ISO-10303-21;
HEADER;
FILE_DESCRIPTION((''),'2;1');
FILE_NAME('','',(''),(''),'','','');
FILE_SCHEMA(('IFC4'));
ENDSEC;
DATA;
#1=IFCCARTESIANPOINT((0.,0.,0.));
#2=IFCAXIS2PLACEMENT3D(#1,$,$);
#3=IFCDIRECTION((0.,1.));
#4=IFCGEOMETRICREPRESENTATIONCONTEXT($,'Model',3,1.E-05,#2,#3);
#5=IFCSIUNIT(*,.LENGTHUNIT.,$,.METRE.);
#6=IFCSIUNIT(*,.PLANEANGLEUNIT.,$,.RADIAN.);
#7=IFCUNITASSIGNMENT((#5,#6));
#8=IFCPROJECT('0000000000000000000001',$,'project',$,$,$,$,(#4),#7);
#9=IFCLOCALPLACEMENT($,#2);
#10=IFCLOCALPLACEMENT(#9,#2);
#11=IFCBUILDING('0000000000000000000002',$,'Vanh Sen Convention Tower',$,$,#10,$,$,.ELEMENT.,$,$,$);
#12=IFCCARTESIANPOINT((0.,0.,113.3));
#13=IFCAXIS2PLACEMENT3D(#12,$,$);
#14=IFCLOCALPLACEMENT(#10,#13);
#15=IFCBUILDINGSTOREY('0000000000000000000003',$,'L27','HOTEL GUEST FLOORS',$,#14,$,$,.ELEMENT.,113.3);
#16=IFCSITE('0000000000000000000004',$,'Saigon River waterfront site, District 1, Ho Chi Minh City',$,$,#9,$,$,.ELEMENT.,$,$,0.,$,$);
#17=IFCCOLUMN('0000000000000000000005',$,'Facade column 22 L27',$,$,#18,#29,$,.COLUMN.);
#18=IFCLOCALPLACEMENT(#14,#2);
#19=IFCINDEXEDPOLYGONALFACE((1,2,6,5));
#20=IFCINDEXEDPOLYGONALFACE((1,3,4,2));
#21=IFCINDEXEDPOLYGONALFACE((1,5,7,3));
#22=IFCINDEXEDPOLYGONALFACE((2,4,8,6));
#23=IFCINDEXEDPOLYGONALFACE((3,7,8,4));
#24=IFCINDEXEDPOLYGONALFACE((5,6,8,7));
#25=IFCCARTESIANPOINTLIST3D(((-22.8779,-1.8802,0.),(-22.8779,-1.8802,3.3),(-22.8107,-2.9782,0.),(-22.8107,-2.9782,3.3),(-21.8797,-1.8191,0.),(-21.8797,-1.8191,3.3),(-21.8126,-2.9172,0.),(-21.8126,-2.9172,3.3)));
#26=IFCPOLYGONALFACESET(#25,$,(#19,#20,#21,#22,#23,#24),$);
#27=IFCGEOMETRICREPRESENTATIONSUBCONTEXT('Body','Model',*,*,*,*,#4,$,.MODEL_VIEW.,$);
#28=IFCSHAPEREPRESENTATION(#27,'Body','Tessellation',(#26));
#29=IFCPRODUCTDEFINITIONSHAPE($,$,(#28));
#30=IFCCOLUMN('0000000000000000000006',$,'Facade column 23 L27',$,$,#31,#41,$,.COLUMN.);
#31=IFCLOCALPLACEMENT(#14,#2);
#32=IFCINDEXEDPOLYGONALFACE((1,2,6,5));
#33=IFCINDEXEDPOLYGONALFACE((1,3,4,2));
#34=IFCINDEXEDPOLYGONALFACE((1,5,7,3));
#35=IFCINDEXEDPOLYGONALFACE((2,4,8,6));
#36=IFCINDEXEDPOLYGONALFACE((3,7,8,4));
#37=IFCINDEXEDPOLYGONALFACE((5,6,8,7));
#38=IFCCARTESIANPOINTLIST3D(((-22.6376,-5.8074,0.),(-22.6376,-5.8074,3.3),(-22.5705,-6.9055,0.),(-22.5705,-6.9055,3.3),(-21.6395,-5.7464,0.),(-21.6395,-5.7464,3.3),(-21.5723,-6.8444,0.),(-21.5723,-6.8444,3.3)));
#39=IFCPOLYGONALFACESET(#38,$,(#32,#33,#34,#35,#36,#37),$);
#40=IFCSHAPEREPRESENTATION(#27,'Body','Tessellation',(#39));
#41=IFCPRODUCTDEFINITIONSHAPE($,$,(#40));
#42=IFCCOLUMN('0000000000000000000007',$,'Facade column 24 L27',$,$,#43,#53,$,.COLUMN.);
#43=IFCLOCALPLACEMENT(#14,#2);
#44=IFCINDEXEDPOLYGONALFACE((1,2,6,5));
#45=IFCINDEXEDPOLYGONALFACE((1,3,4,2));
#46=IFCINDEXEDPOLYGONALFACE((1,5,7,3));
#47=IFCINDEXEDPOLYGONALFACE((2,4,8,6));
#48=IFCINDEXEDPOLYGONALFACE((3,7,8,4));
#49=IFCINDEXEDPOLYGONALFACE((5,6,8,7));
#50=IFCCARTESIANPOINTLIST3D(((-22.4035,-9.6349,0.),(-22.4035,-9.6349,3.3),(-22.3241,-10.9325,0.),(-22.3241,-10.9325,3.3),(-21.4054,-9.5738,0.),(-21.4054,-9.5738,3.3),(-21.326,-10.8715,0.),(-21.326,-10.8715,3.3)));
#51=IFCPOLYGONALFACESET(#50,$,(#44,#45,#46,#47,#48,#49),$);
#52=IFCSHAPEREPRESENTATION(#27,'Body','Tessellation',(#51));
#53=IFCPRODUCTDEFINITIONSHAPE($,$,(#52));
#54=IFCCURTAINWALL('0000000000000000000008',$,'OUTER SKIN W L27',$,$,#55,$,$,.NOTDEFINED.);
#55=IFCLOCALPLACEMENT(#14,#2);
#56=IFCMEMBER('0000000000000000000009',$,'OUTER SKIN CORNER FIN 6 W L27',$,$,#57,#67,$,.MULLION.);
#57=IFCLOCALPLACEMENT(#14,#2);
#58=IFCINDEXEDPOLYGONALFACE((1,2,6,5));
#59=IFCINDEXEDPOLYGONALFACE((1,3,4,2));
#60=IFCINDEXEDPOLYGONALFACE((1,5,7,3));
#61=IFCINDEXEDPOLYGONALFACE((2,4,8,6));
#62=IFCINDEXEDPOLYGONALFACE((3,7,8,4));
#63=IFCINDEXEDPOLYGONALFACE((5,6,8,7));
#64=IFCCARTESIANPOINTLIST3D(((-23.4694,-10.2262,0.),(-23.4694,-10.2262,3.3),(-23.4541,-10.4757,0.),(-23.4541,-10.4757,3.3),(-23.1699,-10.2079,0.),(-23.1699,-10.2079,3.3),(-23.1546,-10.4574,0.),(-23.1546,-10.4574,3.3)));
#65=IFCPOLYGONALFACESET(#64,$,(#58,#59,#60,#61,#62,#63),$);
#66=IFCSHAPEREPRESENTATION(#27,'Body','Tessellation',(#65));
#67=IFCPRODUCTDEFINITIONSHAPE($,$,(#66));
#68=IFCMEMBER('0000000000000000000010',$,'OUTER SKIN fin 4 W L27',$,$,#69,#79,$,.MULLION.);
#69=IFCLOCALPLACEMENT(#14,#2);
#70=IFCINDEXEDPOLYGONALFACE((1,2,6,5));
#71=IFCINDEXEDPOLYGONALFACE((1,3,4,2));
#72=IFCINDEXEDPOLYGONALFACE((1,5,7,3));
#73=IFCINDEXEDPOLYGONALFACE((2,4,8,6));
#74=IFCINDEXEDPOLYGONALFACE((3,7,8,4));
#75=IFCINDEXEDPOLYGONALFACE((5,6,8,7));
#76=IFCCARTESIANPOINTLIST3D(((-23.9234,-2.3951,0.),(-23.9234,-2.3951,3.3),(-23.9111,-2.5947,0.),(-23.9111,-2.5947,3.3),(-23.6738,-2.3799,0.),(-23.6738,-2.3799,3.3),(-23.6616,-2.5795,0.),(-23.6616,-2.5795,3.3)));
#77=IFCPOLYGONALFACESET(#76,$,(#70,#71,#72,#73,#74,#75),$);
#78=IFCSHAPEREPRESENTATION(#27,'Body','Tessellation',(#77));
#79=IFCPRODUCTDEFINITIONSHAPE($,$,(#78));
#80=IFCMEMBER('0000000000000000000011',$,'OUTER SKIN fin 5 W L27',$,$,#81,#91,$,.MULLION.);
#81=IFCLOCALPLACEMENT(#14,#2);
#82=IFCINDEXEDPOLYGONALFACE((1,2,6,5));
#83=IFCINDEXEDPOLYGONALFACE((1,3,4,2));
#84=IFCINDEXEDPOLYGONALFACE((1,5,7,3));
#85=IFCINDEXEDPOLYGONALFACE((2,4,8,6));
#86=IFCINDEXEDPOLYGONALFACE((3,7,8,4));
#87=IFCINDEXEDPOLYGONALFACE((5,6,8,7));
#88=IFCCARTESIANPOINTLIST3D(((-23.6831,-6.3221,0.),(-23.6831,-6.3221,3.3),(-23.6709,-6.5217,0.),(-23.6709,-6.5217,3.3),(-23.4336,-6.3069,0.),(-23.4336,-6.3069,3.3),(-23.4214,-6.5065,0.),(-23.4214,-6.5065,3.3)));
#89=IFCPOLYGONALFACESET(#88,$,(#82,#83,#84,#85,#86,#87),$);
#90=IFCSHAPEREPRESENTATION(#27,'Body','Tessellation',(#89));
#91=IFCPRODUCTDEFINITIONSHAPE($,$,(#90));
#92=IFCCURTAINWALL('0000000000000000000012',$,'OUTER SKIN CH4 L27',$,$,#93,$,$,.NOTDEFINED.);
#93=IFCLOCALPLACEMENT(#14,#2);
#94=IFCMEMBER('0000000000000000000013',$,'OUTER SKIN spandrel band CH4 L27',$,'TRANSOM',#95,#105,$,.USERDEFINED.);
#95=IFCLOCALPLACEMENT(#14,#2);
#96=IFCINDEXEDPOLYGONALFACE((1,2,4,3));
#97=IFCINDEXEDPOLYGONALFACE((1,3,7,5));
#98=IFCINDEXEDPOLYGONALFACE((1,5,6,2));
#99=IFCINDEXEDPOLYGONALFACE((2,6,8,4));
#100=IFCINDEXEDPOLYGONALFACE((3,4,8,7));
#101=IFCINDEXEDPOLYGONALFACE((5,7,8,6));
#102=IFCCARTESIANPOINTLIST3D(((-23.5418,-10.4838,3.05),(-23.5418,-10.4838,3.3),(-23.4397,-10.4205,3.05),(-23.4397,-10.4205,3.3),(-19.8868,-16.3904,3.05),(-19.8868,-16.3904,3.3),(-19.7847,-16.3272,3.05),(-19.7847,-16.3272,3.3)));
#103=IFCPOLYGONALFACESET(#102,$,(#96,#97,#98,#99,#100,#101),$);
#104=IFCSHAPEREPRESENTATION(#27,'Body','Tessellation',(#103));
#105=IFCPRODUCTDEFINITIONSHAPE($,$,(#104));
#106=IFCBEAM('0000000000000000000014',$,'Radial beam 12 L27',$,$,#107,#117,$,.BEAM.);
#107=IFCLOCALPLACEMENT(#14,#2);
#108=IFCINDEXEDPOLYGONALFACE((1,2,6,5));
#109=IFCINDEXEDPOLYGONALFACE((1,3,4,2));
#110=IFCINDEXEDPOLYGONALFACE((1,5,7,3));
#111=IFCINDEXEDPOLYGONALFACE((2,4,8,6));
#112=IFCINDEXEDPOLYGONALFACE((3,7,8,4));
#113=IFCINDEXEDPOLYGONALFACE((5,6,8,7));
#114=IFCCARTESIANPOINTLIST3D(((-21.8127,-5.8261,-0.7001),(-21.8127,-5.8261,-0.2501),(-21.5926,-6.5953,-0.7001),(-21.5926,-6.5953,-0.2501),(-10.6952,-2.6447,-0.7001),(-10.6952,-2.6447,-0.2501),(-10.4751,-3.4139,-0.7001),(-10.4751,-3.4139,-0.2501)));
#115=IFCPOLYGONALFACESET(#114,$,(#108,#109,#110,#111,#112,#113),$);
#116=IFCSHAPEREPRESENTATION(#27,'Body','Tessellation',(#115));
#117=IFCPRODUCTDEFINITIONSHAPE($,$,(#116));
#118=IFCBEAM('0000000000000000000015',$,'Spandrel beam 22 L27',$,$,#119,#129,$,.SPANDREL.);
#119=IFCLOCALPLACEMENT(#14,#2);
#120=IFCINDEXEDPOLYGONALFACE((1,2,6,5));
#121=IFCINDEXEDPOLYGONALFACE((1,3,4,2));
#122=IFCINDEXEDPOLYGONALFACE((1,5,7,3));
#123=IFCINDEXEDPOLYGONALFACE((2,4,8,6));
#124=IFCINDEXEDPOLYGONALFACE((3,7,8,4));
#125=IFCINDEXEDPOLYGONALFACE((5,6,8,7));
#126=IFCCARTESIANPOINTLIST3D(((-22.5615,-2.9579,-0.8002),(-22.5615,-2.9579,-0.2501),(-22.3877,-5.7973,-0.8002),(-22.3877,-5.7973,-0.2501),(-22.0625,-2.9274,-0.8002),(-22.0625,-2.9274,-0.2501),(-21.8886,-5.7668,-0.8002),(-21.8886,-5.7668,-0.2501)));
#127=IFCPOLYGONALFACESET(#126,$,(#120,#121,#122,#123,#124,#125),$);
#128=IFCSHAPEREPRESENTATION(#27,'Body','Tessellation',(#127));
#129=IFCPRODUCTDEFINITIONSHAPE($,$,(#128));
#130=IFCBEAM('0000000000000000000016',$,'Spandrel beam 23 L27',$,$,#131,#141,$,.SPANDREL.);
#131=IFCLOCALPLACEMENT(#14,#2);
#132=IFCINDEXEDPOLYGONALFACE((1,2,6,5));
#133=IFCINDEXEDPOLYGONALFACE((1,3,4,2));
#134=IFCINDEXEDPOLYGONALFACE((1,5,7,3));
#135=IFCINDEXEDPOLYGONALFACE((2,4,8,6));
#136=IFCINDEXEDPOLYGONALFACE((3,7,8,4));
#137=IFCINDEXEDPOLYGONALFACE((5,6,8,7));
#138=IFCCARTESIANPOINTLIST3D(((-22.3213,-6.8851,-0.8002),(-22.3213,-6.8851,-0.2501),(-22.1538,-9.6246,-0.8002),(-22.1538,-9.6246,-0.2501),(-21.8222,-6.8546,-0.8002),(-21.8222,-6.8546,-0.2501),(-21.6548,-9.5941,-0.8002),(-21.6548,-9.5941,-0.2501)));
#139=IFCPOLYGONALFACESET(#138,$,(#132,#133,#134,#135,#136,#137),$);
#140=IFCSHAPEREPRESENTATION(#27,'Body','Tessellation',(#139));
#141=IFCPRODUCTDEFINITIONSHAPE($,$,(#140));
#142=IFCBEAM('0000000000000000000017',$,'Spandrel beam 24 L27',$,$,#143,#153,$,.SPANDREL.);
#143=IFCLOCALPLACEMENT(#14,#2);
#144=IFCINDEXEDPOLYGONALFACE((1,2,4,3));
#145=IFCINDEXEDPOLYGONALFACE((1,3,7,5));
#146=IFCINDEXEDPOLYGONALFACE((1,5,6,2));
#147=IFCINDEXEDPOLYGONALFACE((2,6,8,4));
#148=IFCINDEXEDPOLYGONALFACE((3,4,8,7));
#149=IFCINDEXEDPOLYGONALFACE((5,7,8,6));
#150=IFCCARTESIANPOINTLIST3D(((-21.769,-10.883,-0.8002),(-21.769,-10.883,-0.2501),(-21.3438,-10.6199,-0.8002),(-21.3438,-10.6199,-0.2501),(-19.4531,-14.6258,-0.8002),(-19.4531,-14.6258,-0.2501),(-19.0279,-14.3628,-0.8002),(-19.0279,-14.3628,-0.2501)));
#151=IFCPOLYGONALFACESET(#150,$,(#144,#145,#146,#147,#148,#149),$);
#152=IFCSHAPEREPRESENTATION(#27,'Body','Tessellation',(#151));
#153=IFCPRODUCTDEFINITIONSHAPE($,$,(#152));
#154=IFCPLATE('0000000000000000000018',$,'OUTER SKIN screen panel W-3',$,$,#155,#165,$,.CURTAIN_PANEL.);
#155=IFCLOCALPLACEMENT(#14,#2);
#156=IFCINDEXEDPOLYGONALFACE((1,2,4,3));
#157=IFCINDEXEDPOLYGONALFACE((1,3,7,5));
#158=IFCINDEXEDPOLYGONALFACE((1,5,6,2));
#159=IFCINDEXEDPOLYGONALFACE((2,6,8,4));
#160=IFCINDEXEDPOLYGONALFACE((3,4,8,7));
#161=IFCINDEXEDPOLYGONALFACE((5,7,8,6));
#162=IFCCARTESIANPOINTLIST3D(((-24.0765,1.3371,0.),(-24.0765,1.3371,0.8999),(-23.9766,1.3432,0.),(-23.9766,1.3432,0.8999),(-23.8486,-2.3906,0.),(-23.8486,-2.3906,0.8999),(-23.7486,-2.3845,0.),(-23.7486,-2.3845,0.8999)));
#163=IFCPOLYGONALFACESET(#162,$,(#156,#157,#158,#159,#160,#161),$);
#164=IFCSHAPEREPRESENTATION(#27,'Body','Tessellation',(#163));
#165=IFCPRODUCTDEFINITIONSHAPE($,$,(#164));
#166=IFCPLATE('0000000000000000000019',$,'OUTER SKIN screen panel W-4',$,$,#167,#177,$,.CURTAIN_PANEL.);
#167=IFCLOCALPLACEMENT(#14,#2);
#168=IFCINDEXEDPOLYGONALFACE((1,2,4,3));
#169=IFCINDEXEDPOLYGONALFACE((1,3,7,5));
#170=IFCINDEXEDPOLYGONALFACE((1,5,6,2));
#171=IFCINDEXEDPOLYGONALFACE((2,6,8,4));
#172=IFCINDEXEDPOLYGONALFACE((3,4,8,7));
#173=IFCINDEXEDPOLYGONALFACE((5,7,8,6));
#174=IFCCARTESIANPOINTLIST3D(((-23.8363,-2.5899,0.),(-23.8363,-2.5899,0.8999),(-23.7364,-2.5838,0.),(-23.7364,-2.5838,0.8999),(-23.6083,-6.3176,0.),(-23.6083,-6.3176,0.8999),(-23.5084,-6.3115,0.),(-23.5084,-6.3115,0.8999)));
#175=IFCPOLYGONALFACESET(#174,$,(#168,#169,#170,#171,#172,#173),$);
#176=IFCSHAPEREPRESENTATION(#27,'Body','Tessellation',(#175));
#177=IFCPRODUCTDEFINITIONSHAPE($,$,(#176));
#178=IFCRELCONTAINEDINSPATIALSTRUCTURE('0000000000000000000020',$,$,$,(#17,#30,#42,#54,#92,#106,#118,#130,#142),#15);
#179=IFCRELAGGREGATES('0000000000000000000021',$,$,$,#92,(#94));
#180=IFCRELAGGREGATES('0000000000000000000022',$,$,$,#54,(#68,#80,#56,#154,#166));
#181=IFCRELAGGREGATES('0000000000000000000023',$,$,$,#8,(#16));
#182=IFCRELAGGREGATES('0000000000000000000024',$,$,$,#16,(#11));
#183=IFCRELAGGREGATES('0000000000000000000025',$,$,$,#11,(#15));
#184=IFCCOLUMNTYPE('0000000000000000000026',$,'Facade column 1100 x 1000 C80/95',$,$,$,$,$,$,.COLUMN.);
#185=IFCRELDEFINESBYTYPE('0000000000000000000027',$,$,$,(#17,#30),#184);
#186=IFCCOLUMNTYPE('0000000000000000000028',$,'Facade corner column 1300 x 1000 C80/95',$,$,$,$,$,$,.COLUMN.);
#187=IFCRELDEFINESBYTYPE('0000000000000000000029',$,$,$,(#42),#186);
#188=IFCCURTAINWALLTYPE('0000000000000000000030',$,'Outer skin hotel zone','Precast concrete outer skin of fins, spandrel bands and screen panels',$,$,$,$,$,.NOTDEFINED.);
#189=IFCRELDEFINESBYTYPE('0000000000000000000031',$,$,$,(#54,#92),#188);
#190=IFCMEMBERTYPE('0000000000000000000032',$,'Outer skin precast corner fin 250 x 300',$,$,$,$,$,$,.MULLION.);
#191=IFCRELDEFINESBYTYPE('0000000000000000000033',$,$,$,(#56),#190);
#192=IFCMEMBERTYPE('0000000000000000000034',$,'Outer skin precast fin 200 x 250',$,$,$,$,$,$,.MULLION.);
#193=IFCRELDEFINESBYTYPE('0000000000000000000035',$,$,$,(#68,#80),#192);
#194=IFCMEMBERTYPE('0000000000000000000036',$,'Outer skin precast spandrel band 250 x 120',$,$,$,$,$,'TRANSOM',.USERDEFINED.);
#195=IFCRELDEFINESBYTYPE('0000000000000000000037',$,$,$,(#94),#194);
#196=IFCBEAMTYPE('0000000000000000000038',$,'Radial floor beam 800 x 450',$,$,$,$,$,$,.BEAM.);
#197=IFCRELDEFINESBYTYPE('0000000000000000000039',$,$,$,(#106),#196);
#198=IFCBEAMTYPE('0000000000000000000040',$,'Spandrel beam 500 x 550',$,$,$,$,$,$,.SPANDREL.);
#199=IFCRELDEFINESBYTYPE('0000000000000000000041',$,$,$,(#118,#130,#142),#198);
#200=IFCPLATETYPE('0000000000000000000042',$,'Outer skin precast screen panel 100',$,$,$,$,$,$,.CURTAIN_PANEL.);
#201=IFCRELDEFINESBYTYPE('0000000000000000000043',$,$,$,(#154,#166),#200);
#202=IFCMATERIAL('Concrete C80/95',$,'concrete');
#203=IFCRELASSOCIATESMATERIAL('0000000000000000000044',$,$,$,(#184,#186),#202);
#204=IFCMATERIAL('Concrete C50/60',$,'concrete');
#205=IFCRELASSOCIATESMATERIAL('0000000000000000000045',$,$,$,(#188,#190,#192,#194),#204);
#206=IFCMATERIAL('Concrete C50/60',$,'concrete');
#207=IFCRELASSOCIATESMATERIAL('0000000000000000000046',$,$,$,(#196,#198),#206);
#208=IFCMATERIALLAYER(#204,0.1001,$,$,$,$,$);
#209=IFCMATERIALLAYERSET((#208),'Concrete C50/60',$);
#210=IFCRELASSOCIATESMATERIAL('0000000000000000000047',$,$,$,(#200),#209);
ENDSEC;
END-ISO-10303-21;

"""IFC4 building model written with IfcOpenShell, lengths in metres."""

from ifc_helpers import new_model, si_unit, direction, frame, origin, origin_2d, place, context, subcontext, project, spatial, rectangle, extrude, material, layer, layer_set, material_profile, profile_set, type_object, element, aggregate, save


model = new_model("IFC4")

# Units and contexts
model_context = context("Model", 3, precision=1e-05, world=origin(), true_north=direction((0.0, 1.0)))
body_context = subcontext(model_context, "Body", "Model", "MODEL_VIEW")
ifc_project = project(units=[si_unit("LENGTHUNIT", "METRE"), si_unit("PLANEANGLEUNIT", "RADIAN")], contexts=[model_context])

# Site, building, storey
site_placement = place(None, origin())
site = spatial("IfcSite", under=ifc_project, at=site_placement, Name="Saigon River waterfront site, District 1, Ho Chi Minh City", CompositionType="ELEMENT", RefElevation=0.0)
building_placement = place(site_placement, origin())
building = spatial("IfcBuilding", under=site, at=building_placement, Name="Vanh Sen Convention Tower", CompositionType="ELEMENT")
storey_placement = place(building_placement, frame((0.0, 0.0, 113.3)))
storey = spatial("IfcBuildingStorey", under=building, at=storey_placement, Name="L27", Description="HOTEL GUEST FLOORS", CompositionType="ELEMENT", Elevation=113.3)

# Columns
ifc_material_1 = material(Name="Concrete C80/95", Category="concrete")
ifc_material_profile_1 = material_profile(ifc_material_1, rectangle(XDim=1.1001, YDim=1.0, at=origin_2d()), Name="RC 1100X1000")
ifc_profile_set_1 = profile_set([ifc_material_profile_1], Name="Concrete C80/95")
column_type_1 = type_object("IfcColumnType", Name="Facade column 1100 x 1000 C80/95", PredefinedType="COLUMN", material=ifc_profile_set_1)
for number, where, z_axis, x_axis, name in (
    (1, (-22.3452, -2.3987, 0.0), (0.0, 0.0, 1.0), (0.061049, -0.998135, 0.0), "Facade column 22 L27"),
    (2, (-22.105, -6.3259, 0.0), (0.0, 0.0, 1.0), (0.061049, -0.998135, 0.0), "Facade column 23 L27"),
):
    element("IfcColumn", number, at=place(storey_placement, frame(where, z_axis=z_axis, x_axis=x_axis)), inside=storey, type_object=column_type_1, Name=name, PredefinedType="COLUMN", context=body_context, shape_type="SweptSolid", body=[
        extrude(rectangle(XDim=1.1001, YDim=1.0, at=origin_2d()), origin(), (0.0, 0.0, 1.0), 3.3),
    ])
ifc_material_profile_2 = material_profile(ifc_material_1, rectangle(XDim=1.3, YDim=1.0, at=origin_2d()), Name="RC 1300X1000")
ifc_profile_set_2 = profile_set([ifc_material_profile_2], Name="Concrete C80/95")
column_type_2 = type_object("IfcColumnType", Name="Facade corner column 1300 x 1000 C80/95", PredefinedType="COLUMN", material=ifc_profile_set_2)
column_placement = place(storey_placement, frame((-21.8647, -10.2532, 0.0), z_axis=(0.0, 0.0, 1.0), x_axis=(0.061049, -0.998135, 0.0)))
element("IfcColumn", 3, at=column_placement, inside=storey, type_object=column_type_2, Name="Facade column 24 L27", PredefinedType="COLUMN", context=body_context, shape_type="SweptSolid", body=[
    extrude(rectangle(XDim=1.3, YDim=1.0, at=origin_2d()), origin(), (0.0, 0.0, 1.0), 3.3),
])

# Curtain wall, members
ifc_material_2 = material(Name="Concrete C50/60", Category="concrete")
curtain_wall_type = type_object("IfcCurtainWallType", Name="Outer skin hotel zone", Description="Precast concrete outer skin of fins, spandrel bands and screen panels", PredefinedType="NOTDEFINED", material=ifc_material_2)
curtain_wall_1_placement = place(storey_placement, origin())
curtain_wall_1 = element("IfcCurtainWall", 4, at=curtain_wall_1_placement, inside=storey, type_object=curtain_wall_type, Name="OUTER SKIN W L27", PredefinedType="NOTDEFINED")
ifc_material_profile_3 = material_profile(ifc_material_2, rectangle(XDim=0.25, YDim=0.3, at=origin_2d()), Name="Outer skin precast corner fin 250 x 300")
ifc_profile_set_3 = profile_set([ifc_material_profile_3], Name="Concrete C50/60")
member_type_1 = type_object("IfcMemberType", Name="Outer skin precast corner fin 250 x 300", PredefinedType="MULLION", material=ifc_profile_set_3)
member_1_placement = place(storey_placement, frame((-23.312, -10.3418, 0.0), z_axis=(0.0, 0.0, 1.0), x_axis=(0.061049, -0.998135, 0.0)))
member_1 = element("IfcMember", 5, at=member_1_placement, type_object=member_type_1, Name="OUTER SKIN CORNER FIN 6 W L27", PredefinedType="MULLION", context=body_context, shape_type="SweptSolid", body=[
    extrude(rectangle(XDim=0.25, YDim=0.3, at=origin_2d()), origin(), (0.0, 0.0, 1.0), 3.3),
])
ifc_material_profile_4 = material_profile(ifc_material_2, rectangle(XDim=0.2, YDim=0.25, at=origin_2d()), Name="Outer skin precast fin 200 x 250")
ifc_profile_set_4 = profile_set([ifc_material_profile_4], Name="Concrete C50/60")
member_type_2 = type_object("IfcMemberType", Name="Outer skin precast fin 200 x 250", PredefinedType="MULLION", material=ifc_profile_set_4)
member_2_placement = place(storey_placement, frame((-23.7925, -2.4873, 0.0), z_axis=(0.0, 0.0, 1.0), x_axis=(0.061049, -0.998135, 0.0)))
member_2 = element("IfcMember", 6, at=member_2_placement, type_object=member_type_2, Name="OUTER SKIN fin 4 W L27", PredefinedType="MULLION", context=body_context, shape_type="SweptSolid", body=[
    extrude(rectangle(XDim=0.2, YDim=0.25, at=origin_2d()), origin(), (0.0, 0.0, 1.0), 3.3),
])
member_3_placement = place(storey_placement, frame((-23.5522, -6.4143, 0.0), z_axis=(0.0, 0.0, 1.0), x_axis=(0.061049, -0.998135, 0.0)))
member_3 = element("IfcMember", 7, at=member_3_placement, type_object=member_type_2, Name="OUTER SKIN fin 5 W L27", PredefinedType="MULLION", context=body_context, shape_type="SweptSolid", body=[
    extrude(rectangle(XDim=0.2, YDim=0.25, at=origin_2d()), origin(), (0.0, 0.0, 1.0), 3.3),
])

# Curtain wall, member
curtain_wall_2_placement = place(storey_placement, origin())
curtain_wall_2 = element("IfcCurtainWall", 8, at=curtain_wall_2_placement, inside=storey, type_object=curtain_wall_type, Name="OUTER SKIN CH4 L27", PredefinedType="NOTDEFINED")
ifc_material_profile_5 = material_profile(ifc_material_2, rectangle(XDim=0.1201, YDim=0.25, at=origin_2d()), Name="Outer skin precast spandrel band 250 x 120")
ifc_profile_set_5 = profile_set([ifc_material_profile_5], Name="Concrete C50/60")
member_type_3 = type_object("IfcMemberType", Name="Outer skin precast spandrel band 250 x 120", ElementType="TRANSOM", PredefinedType="USERDEFINED", material=ifc_profile_set_5)
member_4_placement = place(storey_placement, frame((-23.4907, -10.4521, 3.175), z_axis=(0.526196, -0.850363, 0.0), x_axis=(0.850363, 0.526196, 0.0)))
member_4 = element("IfcMember", 9, at=member_4_placement, type_object=member_type_3, Name="OUTER SKIN spandrel band CH4 L27", ObjectType="TRANSOM", PredefinedType="USERDEFINED", context=body_context, shape_type="SweptSolid", body=[
    extrude(rectangle(XDim=0.1201, YDim=0.25, at=origin_2d()), origin(), (0.0, 0.0, 1.0), 6.946),
])
aggregate(curtain_wall_2, [member_4])

# Beams
ifc_material_3 = material(Name="Concrete C50/60", Category="concrete")
ifc_material_profile_6 = material_profile(ifc_material_3, rectangle(XDim=0.8, YDim=0.45, at=origin_2d()), Name="RC 800X450")
ifc_profile_set_6 = profile_set([ifc_material_profile_6], Name="Concrete C50/60")
beam_type_1 = type_object("IfcBeamType", Name="Radial floor beam 800 x 450", PredefinedType="BEAM", material=ifc_profile_set_6)
beam_1_placement = place(storey_placement, frame((-21.7026, -6.2107, -0.4751), z_axis=(0.96141, 0.27512, 0.0), x_axis=(-0.27512, 0.96141, 0.0)))
element("IfcBeam", 10, at=beam_1_placement, inside=storey, type_object=beam_type_1, Name="Radial beam 12 L27", PredefinedType="BEAM", context=body_context, shape_type="SweptSolid", body=[
    extrude(rectangle(XDim=0.8, YDim=0.45, at=origin_2d()), origin(), (0.0, 0.0, 1.0), 11.5637),
])
ifc_material_profile_7 = material_profile(ifc_material_3, rectangle(XDim=0.5, YDim=0.55, at=origin_2d()), Name="RC 500X550")
ifc_profile_set_7 = profile_set([ifc_material_profile_7], Name="Concrete C50/60")
beam_type_2 = type_object("IfcBeamType", Name="Spandrel beam 500 x 550", PredefinedType="SPANDREL", material=ifc_profile_set_7)
beam_2_placement = place(storey_placement, frame((-22.312, -2.9426, -0.5251), z_axis=(0.061107, -0.998131, 0.0), x_axis=(0.998131, 0.061107, 0.0)))
element("IfcBeam", 11, at=beam_2_placement, inside=storey, type_object=beam_type_2, Name="Spandrel beam 22 L27", PredefinedType="SPANDREL", context=body_context, shape_type="SweptSolid", body=[
    extrude(rectangle(XDim=0.5, YDim=0.55, at=origin_2d()), origin(), (0.0, 0.0, 1.0), 2.8447),
])
beam_3_placement = place(storey_placement, frame((-22.0718, -6.8699, -0.5251), z_axis=(0.061021, -0.998136, 0.0), x_axis=(0.998136, 0.061021, 0.0)))
element("IfcBeam", 12, at=beam_3_placement, inside=storey, type_object=beam_type_2, Name="Spandrel beam 23 L27", PredefinedType="SPANDREL", context=body_context, shape_type="SweptSolid", body=[
    extrude(rectangle(XDim=0.5, YDim=0.55, at=origin_2d()), origin(), (0.0, 0.0, 1.0), 2.7446),
])
beam_4_placement = place(storey_placement, frame((-21.5564, -10.7515, -0.5251), z_axis=(0.526169, -0.85038, 0.0), x_axis=(0.85038, 0.526169, 0.0)))
element("IfcBeam", 13, at=beam_4_placement, inside=storey, type_object=beam_type_2, Name="Spandrel beam 24 L27", PredefinedType="SPANDREL", context=body_context, shape_type="SweptSolid", body=[
    extrude(rectangle(XDim=0.5, YDim=0.55, at=origin_2d()), origin(), (0.0, 0.0, 1.0), 4.4014),
])

# Plates
ifc_layer_1 = layer(ifc_material_2, 0.1001)
ifc_layer_set_1 = layer_set([ifc_layer_1], Name="Concrete C50/60")
plate_type = type_object("IfcPlateType", Name="Outer skin precast screen panel 100", PredefinedType="CURTAIN_PANEL", material=ifc_layer_set_1)
plate_1_placement = place(storey_placement, frame((-23.9126, -0.5237, 0.0), z_axis=(0.0, 0.0, 1.0), x_axis=(0.061047, -0.998135, 0.0)))
plate_1 = element("IfcPlate", 14, at=plate_1_placement, type_object=plate_type, Name="OUTER SKIN screen panel W-3", PredefinedType="CURTAIN_PANEL", context=body_context, shape_type="SweptSolid", body=[
    extrude(rectangle(XDim=3.7346, YDim=0.1001, at=origin_2d()), origin(), (0.0, 0.0, 1.0), 0.8999),
])
plate_2_placement = place(storey_placement, frame((-23.6724, -4.4507, 0.0), z_axis=(0.0, 0.0, 1.0), x_axis=(0.061049, -0.998135, 0.0)))
plate_2 = element("IfcPlate", 15, at=plate_2_placement, type_object=plate_type, Name="OUTER SKIN screen panel W-4", PredefinedType="CURTAIN_PANEL", context=body_context, shape_type="SweptSolid", body=[
    extrude(rectangle(XDim=3.7346, YDim=0.1001, at=origin_2d()), origin(), (0.0, 0.0, 1.0), 0.8999),
])
aggregate(curtain_wall_1, [member_2, member_3, member_1, plate_1, plate_2])

save(model, "model.ifc")
